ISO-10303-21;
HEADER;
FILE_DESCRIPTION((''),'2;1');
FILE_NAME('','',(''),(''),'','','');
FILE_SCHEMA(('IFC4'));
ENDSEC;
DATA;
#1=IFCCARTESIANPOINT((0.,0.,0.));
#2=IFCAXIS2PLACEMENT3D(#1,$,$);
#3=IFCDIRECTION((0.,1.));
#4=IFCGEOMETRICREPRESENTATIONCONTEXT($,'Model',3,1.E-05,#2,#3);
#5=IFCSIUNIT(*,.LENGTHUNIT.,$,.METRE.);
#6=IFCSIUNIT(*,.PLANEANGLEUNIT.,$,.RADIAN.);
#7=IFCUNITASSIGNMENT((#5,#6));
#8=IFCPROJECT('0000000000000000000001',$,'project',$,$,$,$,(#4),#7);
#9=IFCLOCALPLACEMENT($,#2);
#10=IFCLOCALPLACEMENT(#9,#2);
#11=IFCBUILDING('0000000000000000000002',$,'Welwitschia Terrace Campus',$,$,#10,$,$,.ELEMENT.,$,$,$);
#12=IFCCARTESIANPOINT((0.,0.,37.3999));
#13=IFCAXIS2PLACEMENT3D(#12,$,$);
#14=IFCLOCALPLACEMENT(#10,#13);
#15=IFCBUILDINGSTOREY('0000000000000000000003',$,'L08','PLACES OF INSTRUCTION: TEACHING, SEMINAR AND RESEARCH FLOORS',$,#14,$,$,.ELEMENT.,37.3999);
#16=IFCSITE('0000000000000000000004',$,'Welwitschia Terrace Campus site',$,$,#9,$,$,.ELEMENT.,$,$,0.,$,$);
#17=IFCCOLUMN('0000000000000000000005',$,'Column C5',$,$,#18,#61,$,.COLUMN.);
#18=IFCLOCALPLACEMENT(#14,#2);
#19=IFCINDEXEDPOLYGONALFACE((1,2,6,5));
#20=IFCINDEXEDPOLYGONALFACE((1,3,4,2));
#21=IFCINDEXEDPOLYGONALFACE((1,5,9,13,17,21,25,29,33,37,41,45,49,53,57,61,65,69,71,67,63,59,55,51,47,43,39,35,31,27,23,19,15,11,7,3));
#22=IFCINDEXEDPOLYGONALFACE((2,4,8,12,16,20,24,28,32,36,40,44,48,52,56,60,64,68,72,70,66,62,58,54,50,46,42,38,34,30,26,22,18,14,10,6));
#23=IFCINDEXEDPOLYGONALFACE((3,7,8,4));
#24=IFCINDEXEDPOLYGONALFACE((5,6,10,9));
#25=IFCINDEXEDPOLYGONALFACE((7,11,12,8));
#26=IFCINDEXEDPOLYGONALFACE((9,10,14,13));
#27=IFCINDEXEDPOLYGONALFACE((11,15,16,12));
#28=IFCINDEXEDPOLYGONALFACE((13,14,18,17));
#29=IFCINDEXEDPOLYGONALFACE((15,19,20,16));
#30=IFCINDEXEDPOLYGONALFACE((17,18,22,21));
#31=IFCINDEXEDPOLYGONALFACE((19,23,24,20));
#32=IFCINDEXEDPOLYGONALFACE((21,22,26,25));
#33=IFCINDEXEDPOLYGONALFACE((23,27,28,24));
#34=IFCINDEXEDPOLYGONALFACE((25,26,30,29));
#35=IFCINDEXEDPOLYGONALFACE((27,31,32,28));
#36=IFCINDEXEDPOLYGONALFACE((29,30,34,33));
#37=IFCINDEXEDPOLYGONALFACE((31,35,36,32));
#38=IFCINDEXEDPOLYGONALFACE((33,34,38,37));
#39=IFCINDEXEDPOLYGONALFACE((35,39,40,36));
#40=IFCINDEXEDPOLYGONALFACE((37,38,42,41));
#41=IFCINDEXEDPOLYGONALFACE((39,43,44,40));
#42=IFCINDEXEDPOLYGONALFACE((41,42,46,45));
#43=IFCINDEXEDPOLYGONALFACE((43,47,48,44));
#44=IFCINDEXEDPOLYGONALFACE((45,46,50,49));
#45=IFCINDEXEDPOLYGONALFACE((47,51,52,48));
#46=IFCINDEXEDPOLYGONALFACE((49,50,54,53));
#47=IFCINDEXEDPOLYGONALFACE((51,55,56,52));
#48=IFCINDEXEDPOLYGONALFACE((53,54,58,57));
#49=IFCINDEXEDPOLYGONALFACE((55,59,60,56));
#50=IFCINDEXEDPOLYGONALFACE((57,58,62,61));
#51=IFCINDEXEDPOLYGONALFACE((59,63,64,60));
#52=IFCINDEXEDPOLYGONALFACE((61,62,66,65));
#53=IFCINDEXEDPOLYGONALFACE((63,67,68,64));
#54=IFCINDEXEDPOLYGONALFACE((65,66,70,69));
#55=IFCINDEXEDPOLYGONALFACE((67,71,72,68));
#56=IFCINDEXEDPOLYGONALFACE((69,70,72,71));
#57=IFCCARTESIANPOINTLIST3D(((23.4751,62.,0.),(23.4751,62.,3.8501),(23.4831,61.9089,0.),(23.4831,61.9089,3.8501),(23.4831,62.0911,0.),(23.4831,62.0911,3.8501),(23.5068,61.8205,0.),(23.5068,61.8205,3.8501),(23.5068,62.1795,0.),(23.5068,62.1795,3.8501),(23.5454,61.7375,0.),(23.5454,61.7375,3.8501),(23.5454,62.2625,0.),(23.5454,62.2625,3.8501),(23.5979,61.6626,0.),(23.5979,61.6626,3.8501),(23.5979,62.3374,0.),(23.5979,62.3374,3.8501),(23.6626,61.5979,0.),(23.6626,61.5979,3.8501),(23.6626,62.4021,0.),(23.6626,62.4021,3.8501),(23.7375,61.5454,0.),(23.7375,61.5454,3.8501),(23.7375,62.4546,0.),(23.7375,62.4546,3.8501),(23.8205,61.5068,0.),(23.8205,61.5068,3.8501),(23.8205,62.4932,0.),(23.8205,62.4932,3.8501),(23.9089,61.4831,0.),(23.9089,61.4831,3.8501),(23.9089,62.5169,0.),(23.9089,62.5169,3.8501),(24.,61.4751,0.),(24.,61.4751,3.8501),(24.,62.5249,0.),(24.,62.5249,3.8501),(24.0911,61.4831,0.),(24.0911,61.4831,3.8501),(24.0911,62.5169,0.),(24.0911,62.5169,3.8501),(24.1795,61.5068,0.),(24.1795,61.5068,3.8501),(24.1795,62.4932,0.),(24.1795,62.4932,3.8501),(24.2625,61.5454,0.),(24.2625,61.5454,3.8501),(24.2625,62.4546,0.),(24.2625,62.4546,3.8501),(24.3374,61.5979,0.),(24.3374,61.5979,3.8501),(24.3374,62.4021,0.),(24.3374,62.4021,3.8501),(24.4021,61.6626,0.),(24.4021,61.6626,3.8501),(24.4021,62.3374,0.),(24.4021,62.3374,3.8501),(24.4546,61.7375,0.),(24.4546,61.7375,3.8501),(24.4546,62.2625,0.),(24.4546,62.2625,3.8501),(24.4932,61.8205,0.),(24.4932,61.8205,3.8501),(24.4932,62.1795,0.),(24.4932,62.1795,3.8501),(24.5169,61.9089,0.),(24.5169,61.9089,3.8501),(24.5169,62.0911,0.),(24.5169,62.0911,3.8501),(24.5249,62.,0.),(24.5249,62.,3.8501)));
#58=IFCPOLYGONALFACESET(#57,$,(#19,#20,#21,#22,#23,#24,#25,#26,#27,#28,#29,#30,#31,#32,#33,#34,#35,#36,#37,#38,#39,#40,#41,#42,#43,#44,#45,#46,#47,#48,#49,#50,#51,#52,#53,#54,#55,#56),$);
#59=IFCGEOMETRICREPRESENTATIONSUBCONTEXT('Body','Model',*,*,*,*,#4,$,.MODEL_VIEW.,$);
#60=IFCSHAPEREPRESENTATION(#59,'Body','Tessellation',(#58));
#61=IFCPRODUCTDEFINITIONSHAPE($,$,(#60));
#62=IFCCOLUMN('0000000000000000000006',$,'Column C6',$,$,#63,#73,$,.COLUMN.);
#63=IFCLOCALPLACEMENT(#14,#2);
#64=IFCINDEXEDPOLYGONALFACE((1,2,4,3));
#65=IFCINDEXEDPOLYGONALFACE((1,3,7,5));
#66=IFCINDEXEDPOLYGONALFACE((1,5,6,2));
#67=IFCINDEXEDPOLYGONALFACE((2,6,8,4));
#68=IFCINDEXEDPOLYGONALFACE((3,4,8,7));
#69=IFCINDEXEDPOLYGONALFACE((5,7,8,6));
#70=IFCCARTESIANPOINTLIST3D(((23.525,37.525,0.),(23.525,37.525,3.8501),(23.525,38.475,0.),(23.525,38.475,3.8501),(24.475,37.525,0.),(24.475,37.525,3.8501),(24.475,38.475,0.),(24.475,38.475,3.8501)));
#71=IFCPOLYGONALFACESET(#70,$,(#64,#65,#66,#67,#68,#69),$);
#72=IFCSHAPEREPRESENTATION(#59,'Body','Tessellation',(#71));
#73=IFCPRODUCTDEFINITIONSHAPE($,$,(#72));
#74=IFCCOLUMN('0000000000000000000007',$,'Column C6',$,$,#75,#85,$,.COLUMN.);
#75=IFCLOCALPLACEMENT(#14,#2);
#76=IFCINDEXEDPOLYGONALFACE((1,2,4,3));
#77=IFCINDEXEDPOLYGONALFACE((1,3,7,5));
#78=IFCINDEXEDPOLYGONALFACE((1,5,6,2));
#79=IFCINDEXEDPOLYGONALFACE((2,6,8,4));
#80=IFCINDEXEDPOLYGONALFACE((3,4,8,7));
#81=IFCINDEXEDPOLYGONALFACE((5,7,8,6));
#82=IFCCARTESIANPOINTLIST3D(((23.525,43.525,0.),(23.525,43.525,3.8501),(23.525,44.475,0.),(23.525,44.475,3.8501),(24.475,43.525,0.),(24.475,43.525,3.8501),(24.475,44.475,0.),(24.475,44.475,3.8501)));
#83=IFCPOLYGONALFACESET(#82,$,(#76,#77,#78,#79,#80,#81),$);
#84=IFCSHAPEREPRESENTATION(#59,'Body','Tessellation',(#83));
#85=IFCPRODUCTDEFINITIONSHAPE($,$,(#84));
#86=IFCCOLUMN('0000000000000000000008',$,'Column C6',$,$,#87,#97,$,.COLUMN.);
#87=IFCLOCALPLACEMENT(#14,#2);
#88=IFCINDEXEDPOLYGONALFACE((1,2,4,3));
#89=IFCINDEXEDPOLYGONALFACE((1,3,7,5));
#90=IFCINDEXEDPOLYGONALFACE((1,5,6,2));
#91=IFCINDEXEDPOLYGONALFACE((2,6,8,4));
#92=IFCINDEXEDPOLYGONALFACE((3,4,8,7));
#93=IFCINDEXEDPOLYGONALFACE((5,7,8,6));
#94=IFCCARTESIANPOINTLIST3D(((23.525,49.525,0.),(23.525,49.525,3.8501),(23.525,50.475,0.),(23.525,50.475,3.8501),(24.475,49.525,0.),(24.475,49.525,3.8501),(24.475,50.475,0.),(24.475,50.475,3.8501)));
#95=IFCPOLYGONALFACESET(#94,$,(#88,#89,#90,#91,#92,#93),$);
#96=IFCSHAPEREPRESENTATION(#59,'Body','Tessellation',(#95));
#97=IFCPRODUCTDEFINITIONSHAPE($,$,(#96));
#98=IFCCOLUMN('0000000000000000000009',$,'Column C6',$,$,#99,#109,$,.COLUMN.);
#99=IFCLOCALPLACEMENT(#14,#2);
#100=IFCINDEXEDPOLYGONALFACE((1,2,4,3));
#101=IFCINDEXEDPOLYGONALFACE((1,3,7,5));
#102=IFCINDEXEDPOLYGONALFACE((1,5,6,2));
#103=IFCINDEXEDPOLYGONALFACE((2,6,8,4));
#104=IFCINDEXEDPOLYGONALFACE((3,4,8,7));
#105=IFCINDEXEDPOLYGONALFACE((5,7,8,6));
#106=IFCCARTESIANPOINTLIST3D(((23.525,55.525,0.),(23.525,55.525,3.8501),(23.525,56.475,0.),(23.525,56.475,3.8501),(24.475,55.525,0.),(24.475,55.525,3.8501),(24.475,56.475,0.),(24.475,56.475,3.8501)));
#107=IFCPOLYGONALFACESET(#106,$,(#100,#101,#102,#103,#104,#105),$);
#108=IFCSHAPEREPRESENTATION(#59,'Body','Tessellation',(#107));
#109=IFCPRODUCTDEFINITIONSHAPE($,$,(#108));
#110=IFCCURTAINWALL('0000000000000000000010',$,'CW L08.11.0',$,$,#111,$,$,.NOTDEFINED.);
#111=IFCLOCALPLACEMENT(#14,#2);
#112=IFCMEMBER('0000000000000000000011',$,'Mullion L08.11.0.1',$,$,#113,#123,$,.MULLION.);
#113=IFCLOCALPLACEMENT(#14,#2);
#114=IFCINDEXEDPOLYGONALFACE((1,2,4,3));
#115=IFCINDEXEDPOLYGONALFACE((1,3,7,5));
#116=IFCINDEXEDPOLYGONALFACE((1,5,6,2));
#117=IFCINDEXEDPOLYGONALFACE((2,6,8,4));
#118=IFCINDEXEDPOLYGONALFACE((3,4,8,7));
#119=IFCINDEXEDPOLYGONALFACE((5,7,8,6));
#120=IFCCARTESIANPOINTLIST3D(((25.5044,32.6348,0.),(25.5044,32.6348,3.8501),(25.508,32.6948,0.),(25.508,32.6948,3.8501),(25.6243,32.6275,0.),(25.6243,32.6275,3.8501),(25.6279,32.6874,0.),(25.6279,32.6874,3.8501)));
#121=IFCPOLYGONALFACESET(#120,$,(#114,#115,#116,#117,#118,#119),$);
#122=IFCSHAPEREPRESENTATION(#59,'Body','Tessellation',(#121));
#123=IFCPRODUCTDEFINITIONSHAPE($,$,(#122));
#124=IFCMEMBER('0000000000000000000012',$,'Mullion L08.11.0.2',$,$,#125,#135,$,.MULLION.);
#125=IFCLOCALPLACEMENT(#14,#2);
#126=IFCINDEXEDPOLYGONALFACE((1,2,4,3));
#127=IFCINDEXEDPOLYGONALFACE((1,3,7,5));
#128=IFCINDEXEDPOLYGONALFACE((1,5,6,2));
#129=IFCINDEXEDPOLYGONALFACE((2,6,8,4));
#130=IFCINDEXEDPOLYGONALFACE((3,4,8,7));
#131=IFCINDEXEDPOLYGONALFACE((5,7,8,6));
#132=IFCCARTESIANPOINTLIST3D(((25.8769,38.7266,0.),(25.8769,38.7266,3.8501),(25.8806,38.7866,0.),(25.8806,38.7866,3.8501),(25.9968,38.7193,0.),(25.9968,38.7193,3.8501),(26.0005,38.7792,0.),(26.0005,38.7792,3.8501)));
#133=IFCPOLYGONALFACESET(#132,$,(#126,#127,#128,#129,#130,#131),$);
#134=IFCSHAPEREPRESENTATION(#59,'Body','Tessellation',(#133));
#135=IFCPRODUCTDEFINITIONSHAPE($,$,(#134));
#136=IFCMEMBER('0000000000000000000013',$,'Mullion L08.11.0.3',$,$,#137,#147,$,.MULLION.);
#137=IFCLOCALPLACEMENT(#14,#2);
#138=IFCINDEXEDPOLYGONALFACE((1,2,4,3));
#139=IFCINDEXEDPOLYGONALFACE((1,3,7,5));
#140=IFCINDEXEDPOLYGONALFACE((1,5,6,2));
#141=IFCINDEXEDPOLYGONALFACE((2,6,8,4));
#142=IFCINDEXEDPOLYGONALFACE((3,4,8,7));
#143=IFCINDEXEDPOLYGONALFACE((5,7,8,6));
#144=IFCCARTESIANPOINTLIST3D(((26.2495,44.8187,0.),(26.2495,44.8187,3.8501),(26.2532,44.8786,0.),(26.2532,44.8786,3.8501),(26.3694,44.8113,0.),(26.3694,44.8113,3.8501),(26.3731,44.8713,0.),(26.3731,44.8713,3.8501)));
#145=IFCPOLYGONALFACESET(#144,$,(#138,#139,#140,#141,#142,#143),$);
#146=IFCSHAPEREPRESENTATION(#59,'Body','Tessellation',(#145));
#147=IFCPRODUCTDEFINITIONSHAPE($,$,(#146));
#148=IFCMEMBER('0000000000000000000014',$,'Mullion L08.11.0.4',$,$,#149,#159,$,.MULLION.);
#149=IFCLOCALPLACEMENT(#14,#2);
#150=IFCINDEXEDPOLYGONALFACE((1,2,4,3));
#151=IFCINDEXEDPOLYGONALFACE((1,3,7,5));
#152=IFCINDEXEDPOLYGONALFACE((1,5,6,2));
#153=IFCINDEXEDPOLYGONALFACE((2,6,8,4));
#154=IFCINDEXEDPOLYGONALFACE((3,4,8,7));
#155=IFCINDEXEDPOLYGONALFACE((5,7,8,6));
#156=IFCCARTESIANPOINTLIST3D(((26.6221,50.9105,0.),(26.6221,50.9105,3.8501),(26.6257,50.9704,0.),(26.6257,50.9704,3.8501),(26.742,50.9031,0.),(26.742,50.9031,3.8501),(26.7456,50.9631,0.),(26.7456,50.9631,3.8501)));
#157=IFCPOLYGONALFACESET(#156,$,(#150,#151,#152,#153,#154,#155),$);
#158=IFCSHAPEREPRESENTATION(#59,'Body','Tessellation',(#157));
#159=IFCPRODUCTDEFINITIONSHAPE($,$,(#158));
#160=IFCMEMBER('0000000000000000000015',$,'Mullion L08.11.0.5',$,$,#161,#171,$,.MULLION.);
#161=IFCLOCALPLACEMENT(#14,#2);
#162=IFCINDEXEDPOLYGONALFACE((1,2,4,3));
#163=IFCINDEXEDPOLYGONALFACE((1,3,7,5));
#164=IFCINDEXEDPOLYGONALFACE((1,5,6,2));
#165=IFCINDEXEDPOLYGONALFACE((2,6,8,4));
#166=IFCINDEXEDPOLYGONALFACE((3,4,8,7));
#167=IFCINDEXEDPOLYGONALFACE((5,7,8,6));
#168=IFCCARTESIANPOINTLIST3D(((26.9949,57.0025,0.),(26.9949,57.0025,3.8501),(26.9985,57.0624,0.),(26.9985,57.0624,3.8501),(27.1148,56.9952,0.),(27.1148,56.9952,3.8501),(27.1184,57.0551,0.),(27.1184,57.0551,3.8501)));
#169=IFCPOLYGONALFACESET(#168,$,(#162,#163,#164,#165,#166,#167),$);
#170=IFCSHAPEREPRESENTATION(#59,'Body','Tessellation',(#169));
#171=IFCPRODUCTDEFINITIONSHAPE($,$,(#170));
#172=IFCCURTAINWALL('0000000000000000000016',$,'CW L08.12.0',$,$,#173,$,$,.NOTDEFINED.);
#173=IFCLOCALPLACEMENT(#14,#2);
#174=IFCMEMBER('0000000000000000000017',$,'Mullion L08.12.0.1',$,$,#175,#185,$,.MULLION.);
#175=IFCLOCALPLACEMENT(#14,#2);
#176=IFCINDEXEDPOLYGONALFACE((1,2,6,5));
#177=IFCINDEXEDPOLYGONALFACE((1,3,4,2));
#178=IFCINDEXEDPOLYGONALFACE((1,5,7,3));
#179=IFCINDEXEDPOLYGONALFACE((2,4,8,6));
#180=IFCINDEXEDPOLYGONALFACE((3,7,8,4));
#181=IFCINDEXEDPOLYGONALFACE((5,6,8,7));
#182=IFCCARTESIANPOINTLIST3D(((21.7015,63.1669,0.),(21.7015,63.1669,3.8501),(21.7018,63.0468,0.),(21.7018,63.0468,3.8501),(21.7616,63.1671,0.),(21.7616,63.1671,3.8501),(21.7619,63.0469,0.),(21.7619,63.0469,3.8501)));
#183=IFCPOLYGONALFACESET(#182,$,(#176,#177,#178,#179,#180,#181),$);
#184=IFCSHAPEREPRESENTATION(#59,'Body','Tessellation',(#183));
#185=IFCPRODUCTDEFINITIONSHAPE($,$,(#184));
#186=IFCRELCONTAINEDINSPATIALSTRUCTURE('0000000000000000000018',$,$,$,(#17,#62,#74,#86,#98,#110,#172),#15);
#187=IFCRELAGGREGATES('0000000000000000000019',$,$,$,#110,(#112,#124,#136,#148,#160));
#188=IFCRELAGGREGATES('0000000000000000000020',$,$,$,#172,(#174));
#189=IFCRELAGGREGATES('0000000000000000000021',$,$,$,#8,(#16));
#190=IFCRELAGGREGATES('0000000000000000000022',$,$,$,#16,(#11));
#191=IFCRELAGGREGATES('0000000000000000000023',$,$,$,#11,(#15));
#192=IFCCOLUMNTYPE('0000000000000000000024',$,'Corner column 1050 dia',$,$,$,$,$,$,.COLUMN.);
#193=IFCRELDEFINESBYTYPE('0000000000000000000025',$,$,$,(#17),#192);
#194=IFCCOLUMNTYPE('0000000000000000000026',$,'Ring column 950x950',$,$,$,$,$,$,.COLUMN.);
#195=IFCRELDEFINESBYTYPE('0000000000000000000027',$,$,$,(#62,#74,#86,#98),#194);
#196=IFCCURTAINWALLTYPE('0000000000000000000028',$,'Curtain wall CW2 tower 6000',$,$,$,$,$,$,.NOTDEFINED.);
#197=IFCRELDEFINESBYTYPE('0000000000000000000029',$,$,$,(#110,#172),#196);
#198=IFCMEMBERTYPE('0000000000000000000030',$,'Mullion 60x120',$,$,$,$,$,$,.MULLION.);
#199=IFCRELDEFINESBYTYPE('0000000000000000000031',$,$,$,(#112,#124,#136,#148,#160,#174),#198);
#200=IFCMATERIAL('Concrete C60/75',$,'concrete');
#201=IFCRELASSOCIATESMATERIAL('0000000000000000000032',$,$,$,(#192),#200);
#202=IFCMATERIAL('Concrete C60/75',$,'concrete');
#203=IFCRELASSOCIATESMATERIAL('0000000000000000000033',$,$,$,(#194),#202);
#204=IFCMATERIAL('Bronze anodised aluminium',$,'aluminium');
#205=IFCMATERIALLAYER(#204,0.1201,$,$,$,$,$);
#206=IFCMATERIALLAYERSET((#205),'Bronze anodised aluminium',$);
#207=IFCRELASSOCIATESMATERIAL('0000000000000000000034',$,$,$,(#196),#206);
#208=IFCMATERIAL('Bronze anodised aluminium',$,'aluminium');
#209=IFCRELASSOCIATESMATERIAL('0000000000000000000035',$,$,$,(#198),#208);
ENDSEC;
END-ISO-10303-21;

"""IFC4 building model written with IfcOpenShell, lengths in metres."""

from ifc_helpers import new_model, si_unit, direction, frame, origin, origin_2d, place, context, subcontext, project, spatial, rectangle, circle, extrude, material, layer, layer_set, material_profile, profile_set, type_object, element, aggregate, save


model = new_model("IFC4")

# Units and contexts
model_context = context("Model", 3, precision=1e-05, world=origin(), true_north=direction((0.0, 1.0)))
body_context = subcontext(model_context, "Body", "Model", "MODEL_VIEW")
ifc_project = project(units=[si_unit("LENGTHUNIT", "METRE"), si_unit("PLANEANGLEUNIT", "RADIAN")], contexts=[model_context])

# Site, building, storey
site_placement = place(None, origin())
site = spatial("IfcSite", under=ifc_project, at=site_placement, Name="Welwitschia Terrace Campus site", CompositionType="ELEMENT", RefElevation=0.0)
building_placement = place(site_placement, origin())
building = spatial("IfcBuilding", under=site, at=building_placement, Name="Welwitschia Terrace Campus", CompositionType="ELEMENT")
storey_placement = place(building_placement, frame((0.0, 0.0, 37.3999)))
storey = spatial("IfcBuildingStorey", under=building, at=storey_placement, Name="L08", Description="PLACES OF INSTRUCTION: TEACHING, SEMINAR AND RESEARCH FLOORS", CompositionType="ELEMENT", Elevation=37.3999)

# Columns
ifc_material_1 = material(Name="Concrete C60/75", Category="concrete")
ifc_material_profile_1 = material_profile(ifc_material_1, circle(Radius=0.5249, at=origin_2d()))
ifc_profile_set_1 = profile_set([ifc_material_profile_1], Name="Concrete C60/75")
column_type_1 = type_object("IfcColumnType", Name="Corner column 1050 dia", PredefinedType="COLUMN", material=ifc_profile_set_1)
column_placement = place(storey_placement, frame((24.0, 62.0, 0.0), z_axis=(0.0, 0.0, 1.0), x_axis=(1.0, 0.0, 0.0)))
element("IfcColumn", 1, at=column_placement, inside=storey, type_object=column_type_1, Name="Column C5", PredefinedType="COLUMN", context=body_context, shape_type="SweptSolid", body=[
    extrude(circle(Radius=0.5249, at=origin_2d()), origin(), (0.0, 0.0, 1.0), 3.8501),
])
ifc_material_2 = material(Name="Concrete C60/75", Category="concrete")
ifc_material_profile_2 = material_profile(ifc_material_2, rectangle(XDim=0.95, YDim=0.95, at=origin_2d()))
ifc_profile_set_2 = profile_set([ifc_material_profile_2], Name="Concrete C60/75")
column_type_2 = type_object("IfcColumnType", Name="Ring column 950x950", PredefinedType="COLUMN", material=ifc_profile_set_2)
for number, where, z_axis, x_axis, name in (
    (2, (24.0, 38.0, 0.0), (0.0, 0.0, 1.0), (1.0, 0.0, 0.0), "Column C6"),
    (3, (24.0, 44.0, 0.0), (0.0, 0.0, 1.0), (1.0, 0.0, 0.0), "Column C6"),
    (4, (24.0, 50.0, 0.0), (0.0, 0.0, 1.0), (1.0, 0.0, 0.0), "Column C6"),
    (5, (24.0, 56.0, 0.0), (0.0, 0.0, 1.0), (1.0, 0.0, 0.0), "Column C6"),
):
    element("IfcColumn", number, at=place(storey_placement, frame(where, z_axis=z_axis, x_axis=x_axis)), inside=storey, type_object=column_type_2, Name=name, PredefinedType="COLUMN", context=body_context, shape_type="SweptSolid", body=[
        extrude(rectangle(XDim=0.95, YDim=0.95, at=origin_2d()), origin(), (0.0, 0.0, 1.0), 3.8501),
    ])

# Curtain wall, members
ifc_material_3 = material(Name="Bronze anodised aluminium", Category="aluminium")
ifc_layer_1 = layer(ifc_material_3, 0.1201)
ifc_layer_set_1 = layer_set([ifc_layer_1], Name="Bronze anodised aluminium")
curtain_wall_type = type_object("IfcCurtainWallType", Name="Curtain wall CW2 tower 6000", PredefinedType="NOTDEFINED", material=ifc_layer_set_1)
curtain_wall_1_placement = place(storey_placement, origin())
curtain_wall_1 = element("IfcCurtainWall", 6, at=curtain_wall_1_placement, inside=storey, type_object=curtain_wall_type, Name="CW L08.11.0", PredefinedType="NOTDEFINED")
ifc_material_4 = material(Name="Bronze anodised aluminium", Category="aluminium")
ifc_material_profile_3 = material_profile(ifc_material_4, rectangle(XDim=0.1201, YDim=0.0601, at=origin_2d()))
ifc_profile_set_3 = profile_set([ifc_material_profile_3], Name="Bronze anodised aluminium")
member_type = type_object("IfcMemberType", Name="Mullion 60x120", PredefinedType="MULLION", material=ifc_profile_set_3)
member_1_placement = place(storey_placement, frame((25.5662, 32.6611, 0.0), z_axis=(0.0, 0.0, 1.0), x_axis=(-0.998135, 0.061049, 0.0)))
member_1 = element("IfcMember", 7, at=member_1_placement, type_object=member_type, Name="Mullion L08.11.0.1", PredefinedType="MULLION", context=body_context, shape_type="SweptSolid", body=[
    extrude(rectangle(XDim=0.1201, YDim=0.0601, at=origin_2d()), origin(), (0.0, 0.0, 1.0), 3.8501),
])
member_2_placement = place(storey_placement, frame((25.9387, 38.7529, 0.0), z_axis=(0.0, 0.0, 1.0), x_axis=(-0.998135, 0.061049, 0.0)))
member_2 = element("IfcMember", 8, at=member_2_placement, type_object=member_type, Name="Mullion L08.11.0.2", PredefinedType="MULLION", context=body_context, shape_type="SweptSolid", body=[
    extrude(rectangle(XDim=0.1201, YDim=0.0601, at=origin_2d()), origin(), (0.0, 0.0, 1.0), 3.8501),
])
member_3_placement = place(storey_placement, frame((26.3113, 44.845, 0.0), z_axis=(0.0, 0.0, 1.0), x_axis=(-0.998135, 0.061049, 0.0)))
member_3 = element("IfcMember", 9, at=member_3_placement, type_object=member_type, Name="Mullion L08.11.0.3", PredefinedType="MULLION", context=body_context, shape_type="SweptSolid", body=[
    extrude(rectangle(XDim=0.1201, YDim=0.0601, at=origin_2d()), origin(), (0.0, 0.0, 1.0), 3.8501),
])
member_4_placement = place(storey_placement, frame((26.6838, 50.9368, 0.0), z_axis=(0.0, 0.0, 1.0), x_axis=(-0.998135, 0.061049, 0.0)))
member_4 = element("IfcMember", 10, at=member_4_placement, type_object=member_type, Name="Mullion L08.11.0.4", PredefinedType="MULLION", context=body_context, shape_type="SweptSolid", body=[
    extrude(rectangle(XDim=0.1201, YDim=0.0601, at=origin_2d()), origin(), (0.0, 0.0, 1.0), 3.8501),
])
member_5_placement = place(storey_placement, frame((27.0566, 57.0288, 0.0), z_axis=(0.0, 0.0, 1.0), x_axis=(-0.998135, 0.061049, 0.0)))
member_5 = element("IfcMember", 11, at=member_5_placement, type_object=member_type, Name="Mullion L08.11.0.5", PredefinedType="MULLION", context=body_context, shape_type="SweptSolid", body=[
    extrude(rectangle(XDim=0.1201, YDim=0.0601, at=origin_2d()), origin(), (0.0, 0.0, 1.0), 3.8501),
])

# Curtain wall, member
curtain_wall_2_placement = place(storey_placement, origin())
curtain_wall_2 = element("IfcCurtainWall", 12, at=curtain_wall_2_placement, inside=storey, type_object=curtain_wall_type, Name="CW L08.12.0", PredefinedType="NOTDEFINED")
member_6_placement = place(storey_placement, frame((21.7317, 63.1069, 0.0), z_axis=(0.0, 0.0, 1.0), x_axis=(0.002393, -0.999997, 0.0)))
member_6 = element("IfcMember", 13, at=member_6_placement, type_object=member_type, Name="Mullion L08.12.0.1", PredefinedType="MULLION", context=body_context, shape_type="SweptSolid", body=[
    extrude(rectangle(XDim=0.1201, YDim=0.0601, at=origin_2d()), origin(), (0.0, 0.0, 1.0), 3.8501),
])

aggregate(curtain_wall_1, [member_1, member_2, member_3, member_4, member_5])
aggregate(curtain_wall_2, [member_6])

save(model, "model.ifc")
